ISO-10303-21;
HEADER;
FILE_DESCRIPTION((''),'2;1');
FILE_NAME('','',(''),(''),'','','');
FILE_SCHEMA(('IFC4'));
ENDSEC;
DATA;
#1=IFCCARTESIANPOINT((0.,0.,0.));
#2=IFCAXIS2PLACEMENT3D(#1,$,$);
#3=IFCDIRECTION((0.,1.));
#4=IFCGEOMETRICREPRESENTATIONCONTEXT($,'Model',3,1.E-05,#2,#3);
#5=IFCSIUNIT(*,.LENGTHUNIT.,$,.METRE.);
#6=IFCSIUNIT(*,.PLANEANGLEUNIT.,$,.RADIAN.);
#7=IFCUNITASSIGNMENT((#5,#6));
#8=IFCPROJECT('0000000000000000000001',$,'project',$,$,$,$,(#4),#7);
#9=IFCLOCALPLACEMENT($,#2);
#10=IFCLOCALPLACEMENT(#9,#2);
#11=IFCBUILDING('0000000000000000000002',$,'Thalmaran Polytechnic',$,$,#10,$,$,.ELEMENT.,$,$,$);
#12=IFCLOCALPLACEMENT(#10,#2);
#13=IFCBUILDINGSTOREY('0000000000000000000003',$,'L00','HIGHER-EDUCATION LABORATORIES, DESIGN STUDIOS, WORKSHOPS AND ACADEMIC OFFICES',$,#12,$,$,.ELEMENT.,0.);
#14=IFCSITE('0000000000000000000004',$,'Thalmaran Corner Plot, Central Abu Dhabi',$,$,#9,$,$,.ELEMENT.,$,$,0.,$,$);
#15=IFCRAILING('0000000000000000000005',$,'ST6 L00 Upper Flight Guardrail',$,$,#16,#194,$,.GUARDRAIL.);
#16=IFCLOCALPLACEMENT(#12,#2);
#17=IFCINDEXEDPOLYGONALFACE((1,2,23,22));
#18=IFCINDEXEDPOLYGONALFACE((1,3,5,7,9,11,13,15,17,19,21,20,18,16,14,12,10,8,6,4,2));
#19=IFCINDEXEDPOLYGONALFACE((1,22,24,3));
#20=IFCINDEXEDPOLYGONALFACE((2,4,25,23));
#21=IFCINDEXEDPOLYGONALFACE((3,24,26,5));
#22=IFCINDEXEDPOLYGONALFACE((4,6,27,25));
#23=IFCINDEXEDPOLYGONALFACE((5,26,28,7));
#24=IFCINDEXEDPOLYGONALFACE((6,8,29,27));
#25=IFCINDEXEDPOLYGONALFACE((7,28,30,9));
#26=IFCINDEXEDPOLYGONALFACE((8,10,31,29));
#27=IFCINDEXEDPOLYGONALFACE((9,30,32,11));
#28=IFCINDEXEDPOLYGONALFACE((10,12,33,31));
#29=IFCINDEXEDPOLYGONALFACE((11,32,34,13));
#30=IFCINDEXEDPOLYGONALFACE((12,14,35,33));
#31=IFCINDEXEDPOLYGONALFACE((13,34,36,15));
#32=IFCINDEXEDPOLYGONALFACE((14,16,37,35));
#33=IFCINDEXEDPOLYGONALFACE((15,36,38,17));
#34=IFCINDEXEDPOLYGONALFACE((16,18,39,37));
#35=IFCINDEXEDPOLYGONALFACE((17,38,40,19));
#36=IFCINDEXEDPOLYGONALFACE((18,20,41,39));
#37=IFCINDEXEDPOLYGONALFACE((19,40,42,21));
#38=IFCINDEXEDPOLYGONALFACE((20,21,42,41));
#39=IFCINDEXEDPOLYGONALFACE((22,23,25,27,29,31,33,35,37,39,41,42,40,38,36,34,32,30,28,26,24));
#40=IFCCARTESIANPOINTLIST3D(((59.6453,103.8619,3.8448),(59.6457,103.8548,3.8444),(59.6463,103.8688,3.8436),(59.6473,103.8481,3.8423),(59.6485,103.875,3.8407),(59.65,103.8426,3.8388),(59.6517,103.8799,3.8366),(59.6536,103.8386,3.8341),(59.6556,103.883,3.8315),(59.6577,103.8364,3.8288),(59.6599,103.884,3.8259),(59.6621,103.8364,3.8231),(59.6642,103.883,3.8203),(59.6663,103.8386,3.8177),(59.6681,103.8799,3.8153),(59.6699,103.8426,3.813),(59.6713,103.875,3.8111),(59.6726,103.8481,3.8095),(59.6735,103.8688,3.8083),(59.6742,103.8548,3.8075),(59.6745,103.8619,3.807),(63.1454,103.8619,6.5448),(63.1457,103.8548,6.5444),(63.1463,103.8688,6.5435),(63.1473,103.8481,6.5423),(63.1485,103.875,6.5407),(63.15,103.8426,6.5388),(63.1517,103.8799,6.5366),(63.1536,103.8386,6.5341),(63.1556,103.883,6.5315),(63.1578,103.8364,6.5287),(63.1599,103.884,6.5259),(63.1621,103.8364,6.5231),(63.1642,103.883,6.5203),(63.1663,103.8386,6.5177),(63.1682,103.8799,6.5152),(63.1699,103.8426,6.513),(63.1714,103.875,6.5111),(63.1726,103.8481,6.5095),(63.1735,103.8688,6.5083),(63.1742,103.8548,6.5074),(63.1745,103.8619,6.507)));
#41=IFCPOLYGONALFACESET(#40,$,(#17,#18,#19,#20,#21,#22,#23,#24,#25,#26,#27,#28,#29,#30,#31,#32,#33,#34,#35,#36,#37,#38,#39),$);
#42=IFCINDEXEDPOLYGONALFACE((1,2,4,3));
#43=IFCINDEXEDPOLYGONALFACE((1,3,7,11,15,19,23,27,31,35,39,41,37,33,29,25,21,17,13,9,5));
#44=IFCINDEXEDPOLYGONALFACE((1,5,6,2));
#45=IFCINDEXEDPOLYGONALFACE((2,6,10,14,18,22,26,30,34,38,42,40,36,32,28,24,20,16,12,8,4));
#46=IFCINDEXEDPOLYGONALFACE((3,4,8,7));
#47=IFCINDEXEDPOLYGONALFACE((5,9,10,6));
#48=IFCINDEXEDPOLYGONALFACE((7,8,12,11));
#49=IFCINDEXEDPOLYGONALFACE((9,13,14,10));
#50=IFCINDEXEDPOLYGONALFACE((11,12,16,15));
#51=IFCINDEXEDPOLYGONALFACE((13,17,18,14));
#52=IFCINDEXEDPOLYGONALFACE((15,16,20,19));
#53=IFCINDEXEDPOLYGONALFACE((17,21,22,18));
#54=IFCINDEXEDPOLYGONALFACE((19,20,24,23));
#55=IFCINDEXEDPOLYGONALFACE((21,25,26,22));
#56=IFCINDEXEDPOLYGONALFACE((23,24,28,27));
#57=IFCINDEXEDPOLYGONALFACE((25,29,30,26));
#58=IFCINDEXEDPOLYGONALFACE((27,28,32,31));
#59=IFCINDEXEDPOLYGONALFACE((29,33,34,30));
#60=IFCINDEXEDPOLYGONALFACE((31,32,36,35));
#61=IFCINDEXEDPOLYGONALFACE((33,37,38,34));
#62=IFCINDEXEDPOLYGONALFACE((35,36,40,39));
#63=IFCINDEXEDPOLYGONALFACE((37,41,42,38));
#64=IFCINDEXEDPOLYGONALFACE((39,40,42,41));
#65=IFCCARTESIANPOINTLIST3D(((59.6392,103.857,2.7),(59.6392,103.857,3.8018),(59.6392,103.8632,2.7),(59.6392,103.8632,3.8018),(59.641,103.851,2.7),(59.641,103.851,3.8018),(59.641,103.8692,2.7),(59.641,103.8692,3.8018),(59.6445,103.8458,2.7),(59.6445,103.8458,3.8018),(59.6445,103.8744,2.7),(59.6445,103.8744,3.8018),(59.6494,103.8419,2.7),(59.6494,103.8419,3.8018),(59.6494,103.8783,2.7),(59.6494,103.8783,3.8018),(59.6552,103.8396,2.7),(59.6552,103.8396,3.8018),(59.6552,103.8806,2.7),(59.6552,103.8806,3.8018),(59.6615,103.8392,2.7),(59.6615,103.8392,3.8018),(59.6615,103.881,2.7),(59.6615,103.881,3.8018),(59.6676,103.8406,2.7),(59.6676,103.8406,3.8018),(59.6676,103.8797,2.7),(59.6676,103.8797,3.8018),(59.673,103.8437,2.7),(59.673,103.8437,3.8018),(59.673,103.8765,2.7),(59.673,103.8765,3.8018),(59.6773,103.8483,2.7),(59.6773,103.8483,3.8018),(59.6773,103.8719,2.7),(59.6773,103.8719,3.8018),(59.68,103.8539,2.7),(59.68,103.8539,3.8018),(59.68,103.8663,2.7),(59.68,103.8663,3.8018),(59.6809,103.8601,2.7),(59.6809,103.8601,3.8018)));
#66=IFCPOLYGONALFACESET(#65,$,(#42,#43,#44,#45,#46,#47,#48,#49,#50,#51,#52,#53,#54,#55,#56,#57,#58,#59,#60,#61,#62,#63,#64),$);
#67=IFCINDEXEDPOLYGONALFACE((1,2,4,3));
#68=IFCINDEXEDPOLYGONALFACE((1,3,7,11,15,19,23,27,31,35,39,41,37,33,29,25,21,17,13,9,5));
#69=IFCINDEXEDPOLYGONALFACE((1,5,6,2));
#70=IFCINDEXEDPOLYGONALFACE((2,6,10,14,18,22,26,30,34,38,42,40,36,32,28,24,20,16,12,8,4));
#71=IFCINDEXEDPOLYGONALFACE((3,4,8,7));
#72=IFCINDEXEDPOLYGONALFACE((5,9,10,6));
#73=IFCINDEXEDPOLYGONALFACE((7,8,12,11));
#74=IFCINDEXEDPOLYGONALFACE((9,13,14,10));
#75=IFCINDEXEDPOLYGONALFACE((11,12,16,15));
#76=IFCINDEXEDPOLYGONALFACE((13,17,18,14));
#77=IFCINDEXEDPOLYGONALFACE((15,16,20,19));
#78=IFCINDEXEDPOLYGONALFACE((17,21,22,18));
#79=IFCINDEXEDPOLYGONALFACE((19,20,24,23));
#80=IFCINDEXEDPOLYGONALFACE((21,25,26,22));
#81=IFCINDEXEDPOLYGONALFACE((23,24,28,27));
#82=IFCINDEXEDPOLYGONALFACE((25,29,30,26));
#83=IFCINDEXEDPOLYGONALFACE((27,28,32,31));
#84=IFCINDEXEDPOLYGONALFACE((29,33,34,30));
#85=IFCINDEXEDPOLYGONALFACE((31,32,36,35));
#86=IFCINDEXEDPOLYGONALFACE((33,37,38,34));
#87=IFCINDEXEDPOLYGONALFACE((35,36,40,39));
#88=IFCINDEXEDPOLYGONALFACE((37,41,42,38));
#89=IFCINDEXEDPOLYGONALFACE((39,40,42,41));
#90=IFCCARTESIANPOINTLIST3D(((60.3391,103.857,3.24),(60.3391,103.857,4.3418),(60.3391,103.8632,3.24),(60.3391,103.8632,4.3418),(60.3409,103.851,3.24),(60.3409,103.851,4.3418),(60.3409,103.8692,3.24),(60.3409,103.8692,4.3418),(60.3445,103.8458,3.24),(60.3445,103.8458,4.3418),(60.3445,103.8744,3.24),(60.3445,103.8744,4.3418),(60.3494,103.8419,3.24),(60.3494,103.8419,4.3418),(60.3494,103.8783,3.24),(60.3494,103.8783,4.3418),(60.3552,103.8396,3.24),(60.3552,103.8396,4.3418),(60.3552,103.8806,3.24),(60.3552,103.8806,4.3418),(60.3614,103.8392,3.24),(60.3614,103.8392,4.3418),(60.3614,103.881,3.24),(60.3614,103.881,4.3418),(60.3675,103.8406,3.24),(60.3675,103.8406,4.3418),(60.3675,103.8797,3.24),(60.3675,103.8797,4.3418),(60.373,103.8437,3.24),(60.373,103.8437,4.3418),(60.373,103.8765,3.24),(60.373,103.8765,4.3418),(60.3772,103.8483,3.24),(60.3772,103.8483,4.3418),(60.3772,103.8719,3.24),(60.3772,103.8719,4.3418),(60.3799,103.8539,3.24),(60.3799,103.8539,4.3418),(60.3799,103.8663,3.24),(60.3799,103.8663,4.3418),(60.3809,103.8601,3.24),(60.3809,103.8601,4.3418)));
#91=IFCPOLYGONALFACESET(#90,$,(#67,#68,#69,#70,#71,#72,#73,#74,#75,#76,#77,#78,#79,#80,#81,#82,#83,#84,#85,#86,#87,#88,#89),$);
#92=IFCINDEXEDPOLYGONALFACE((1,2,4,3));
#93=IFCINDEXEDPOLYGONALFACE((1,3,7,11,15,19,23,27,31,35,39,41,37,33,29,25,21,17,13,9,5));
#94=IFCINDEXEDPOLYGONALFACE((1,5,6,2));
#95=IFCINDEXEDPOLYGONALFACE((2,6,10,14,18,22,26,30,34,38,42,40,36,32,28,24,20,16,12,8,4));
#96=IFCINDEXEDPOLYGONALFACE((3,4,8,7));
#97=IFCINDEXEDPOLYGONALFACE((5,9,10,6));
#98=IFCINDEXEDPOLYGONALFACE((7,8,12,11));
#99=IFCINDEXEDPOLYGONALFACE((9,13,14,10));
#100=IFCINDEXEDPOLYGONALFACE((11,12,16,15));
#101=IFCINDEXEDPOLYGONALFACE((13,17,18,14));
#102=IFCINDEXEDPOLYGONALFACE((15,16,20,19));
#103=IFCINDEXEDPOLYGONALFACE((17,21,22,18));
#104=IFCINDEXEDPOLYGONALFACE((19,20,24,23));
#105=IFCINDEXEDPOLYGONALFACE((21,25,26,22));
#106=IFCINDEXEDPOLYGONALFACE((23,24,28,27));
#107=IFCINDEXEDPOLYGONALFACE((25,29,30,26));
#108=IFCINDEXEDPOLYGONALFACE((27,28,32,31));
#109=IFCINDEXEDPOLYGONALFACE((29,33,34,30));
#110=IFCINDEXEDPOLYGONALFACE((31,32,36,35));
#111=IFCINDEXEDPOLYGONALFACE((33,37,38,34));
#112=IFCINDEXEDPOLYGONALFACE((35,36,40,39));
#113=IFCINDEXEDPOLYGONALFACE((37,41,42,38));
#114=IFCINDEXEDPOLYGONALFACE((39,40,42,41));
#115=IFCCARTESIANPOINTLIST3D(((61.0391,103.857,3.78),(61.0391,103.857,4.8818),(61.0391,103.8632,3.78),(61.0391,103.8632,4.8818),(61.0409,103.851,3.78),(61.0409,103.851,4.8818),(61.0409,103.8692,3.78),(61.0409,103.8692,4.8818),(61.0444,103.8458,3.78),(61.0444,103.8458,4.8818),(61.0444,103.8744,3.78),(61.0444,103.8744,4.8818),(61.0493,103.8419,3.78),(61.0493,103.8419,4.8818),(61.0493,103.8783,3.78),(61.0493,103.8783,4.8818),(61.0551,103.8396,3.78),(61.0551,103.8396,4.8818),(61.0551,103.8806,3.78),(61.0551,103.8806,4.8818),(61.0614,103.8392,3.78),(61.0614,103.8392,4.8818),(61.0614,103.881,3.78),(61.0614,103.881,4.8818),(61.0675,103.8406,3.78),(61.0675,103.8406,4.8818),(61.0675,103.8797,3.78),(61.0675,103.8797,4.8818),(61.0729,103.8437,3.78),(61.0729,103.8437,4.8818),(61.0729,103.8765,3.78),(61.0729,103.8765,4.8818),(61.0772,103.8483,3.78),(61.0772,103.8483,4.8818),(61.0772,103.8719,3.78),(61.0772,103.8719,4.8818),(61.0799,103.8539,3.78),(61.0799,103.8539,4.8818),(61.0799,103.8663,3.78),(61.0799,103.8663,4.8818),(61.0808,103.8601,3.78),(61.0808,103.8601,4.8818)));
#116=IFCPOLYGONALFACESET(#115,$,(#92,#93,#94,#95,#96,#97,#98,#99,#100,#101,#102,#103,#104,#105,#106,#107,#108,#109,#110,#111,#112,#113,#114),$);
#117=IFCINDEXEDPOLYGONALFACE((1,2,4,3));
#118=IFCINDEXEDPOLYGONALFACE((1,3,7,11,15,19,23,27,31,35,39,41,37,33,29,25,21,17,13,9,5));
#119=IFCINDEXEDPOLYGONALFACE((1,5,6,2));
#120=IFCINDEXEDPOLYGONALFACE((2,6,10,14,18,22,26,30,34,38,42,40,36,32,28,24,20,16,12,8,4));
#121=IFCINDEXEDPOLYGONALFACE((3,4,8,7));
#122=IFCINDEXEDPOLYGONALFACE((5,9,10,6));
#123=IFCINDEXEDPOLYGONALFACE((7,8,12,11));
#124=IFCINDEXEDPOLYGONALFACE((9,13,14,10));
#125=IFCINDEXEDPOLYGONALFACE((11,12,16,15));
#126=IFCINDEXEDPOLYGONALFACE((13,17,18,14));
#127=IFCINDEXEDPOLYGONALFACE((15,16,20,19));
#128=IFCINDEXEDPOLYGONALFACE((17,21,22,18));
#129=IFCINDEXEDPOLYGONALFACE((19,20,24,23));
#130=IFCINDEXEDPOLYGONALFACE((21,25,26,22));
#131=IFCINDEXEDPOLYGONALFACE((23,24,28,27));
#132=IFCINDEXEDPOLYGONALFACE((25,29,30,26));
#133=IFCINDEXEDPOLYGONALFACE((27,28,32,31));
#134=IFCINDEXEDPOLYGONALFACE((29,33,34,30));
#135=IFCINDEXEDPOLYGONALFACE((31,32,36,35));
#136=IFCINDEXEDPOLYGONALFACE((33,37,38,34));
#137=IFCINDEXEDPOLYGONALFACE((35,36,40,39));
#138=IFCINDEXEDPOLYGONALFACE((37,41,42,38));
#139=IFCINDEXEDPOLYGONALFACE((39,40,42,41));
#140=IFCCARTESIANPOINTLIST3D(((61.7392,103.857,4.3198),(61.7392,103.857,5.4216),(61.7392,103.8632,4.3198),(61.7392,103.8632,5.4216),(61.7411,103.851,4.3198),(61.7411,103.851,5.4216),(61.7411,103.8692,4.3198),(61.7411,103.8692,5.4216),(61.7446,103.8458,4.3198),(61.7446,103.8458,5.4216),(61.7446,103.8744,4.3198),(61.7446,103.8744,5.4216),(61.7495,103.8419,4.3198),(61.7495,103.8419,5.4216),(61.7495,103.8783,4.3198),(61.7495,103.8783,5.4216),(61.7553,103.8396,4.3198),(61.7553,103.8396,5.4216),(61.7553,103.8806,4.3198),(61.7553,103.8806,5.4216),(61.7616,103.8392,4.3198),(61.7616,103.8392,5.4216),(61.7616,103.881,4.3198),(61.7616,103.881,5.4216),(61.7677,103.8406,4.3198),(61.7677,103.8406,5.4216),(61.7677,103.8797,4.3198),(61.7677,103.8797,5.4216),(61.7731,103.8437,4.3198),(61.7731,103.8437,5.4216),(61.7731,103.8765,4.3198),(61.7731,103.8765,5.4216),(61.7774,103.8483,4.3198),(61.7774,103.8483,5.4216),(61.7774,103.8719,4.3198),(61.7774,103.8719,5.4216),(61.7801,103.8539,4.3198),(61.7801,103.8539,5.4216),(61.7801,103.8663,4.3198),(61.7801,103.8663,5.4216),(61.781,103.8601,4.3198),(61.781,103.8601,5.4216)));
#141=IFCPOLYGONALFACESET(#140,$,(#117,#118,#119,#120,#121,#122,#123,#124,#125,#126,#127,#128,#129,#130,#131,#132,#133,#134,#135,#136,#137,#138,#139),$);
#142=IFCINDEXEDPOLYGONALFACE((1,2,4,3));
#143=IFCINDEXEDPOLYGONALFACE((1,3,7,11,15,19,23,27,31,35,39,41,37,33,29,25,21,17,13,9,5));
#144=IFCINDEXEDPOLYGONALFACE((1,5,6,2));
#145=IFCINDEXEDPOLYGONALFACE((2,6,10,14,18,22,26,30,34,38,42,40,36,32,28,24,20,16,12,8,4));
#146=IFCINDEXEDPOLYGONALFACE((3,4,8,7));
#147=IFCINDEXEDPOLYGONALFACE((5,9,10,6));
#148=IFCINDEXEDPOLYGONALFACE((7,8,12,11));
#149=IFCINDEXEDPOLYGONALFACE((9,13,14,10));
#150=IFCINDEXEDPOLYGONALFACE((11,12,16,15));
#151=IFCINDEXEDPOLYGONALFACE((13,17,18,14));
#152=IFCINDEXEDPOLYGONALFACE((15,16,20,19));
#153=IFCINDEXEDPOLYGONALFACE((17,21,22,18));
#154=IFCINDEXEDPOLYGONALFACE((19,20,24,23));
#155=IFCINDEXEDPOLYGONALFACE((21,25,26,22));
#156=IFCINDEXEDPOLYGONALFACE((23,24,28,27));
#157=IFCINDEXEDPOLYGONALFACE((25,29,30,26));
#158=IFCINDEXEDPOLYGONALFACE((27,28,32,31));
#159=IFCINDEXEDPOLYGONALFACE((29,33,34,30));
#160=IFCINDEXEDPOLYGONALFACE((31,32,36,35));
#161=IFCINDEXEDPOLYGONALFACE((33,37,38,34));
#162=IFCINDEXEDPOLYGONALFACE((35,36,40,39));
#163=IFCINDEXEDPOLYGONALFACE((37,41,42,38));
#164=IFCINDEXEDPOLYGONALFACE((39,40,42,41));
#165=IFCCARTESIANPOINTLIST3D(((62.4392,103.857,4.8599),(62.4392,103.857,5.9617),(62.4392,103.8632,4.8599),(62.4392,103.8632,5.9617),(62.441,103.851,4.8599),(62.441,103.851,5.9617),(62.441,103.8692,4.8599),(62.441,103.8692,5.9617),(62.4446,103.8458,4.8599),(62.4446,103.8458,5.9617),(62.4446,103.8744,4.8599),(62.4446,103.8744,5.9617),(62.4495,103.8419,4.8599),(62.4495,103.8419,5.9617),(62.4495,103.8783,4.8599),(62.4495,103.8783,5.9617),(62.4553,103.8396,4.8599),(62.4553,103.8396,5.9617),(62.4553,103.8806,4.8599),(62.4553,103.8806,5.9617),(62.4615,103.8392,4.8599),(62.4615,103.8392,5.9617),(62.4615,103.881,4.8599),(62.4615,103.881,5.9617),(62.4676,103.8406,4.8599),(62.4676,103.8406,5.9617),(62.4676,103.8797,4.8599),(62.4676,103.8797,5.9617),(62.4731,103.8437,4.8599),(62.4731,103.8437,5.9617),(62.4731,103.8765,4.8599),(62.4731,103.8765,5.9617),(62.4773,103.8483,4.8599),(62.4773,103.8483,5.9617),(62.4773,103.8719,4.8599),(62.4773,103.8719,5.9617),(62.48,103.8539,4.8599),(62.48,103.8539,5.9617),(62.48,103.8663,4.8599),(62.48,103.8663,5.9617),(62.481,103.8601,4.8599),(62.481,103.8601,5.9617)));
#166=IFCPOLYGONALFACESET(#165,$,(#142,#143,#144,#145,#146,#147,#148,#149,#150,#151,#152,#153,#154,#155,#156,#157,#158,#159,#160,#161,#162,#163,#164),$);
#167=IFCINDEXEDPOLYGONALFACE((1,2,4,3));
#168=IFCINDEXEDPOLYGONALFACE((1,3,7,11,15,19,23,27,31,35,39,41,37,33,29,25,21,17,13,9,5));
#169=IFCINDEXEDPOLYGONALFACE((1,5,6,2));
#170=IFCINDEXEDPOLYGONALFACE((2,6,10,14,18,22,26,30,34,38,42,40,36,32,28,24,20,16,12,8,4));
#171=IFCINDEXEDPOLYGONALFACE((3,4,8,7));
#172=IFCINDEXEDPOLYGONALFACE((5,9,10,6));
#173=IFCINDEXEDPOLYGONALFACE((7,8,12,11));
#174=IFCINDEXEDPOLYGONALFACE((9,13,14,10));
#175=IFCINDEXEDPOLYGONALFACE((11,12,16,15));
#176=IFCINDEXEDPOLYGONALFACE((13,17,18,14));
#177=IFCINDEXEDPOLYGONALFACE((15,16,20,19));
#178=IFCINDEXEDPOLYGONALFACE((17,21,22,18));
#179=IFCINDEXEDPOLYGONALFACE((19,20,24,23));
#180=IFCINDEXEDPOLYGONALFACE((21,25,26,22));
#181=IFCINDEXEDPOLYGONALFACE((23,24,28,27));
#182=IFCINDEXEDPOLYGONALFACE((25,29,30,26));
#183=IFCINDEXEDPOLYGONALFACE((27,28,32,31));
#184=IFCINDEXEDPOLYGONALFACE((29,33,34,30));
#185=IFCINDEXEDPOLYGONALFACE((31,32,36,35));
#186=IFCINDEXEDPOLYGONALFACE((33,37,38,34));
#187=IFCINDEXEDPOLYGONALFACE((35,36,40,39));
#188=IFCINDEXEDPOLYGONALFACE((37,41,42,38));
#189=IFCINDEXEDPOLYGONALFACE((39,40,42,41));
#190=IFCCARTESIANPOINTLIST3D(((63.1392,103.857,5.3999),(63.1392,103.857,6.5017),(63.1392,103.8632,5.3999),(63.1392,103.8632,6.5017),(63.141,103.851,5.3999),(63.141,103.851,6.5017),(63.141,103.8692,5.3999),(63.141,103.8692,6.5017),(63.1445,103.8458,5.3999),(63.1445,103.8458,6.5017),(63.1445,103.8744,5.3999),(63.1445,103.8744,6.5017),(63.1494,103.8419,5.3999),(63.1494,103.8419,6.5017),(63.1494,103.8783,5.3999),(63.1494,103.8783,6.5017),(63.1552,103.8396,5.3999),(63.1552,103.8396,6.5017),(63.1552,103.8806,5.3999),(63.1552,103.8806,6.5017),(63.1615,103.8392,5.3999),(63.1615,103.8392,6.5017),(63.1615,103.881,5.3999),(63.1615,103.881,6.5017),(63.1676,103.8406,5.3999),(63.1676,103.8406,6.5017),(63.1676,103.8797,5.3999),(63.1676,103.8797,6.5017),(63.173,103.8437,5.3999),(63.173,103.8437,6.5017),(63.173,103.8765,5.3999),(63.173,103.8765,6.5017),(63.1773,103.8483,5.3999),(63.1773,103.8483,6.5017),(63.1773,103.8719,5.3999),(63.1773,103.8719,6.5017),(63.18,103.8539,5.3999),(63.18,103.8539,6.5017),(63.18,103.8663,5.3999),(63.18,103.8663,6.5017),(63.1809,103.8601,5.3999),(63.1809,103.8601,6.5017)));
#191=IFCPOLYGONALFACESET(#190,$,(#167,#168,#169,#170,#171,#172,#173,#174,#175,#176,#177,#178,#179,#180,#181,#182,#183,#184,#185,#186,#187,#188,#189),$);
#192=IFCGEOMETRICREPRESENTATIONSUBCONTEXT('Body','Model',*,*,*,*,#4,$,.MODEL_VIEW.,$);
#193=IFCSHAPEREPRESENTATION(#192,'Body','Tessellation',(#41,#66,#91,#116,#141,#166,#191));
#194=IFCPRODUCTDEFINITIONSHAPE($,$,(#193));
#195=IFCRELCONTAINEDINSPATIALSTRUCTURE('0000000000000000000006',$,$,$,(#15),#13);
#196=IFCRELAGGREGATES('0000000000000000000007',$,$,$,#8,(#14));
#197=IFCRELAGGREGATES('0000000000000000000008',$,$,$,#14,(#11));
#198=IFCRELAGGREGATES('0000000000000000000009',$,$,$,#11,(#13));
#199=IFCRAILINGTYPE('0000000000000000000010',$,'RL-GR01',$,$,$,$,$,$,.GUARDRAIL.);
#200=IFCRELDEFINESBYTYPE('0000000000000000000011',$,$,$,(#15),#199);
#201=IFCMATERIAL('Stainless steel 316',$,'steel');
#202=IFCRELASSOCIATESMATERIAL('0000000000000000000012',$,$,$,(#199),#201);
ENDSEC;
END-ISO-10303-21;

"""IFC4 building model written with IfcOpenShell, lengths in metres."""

from ifc_helpers import new_model, si_unit, direction, frame, origin, origin_2d, place, context, subcontext, project, spatial, circle, extrude, material, type_object, element, save


model = new_model("IFC4")

# Units and contexts
model_context = context("Model", 3, precision=1e-05, world=origin(), true_north=direction((0.0, 1.0)))
body_context = subcontext(model_context, "Body", "Model", "MODEL_VIEW")
ifc_project = project(units=[si_unit("LENGTHUNIT", "METRE"), si_unit("PLANEANGLEUNIT", "RADIAN")], contexts=[model_context])

# Site, building, storey
site_placement = place(None, origin())
site = spatial("IfcSite", under=ifc_project, at=site_placement, Name="Thalmaran Corner Plot, Central Abu Dhabi", CompositionType="ELEMENT", RefElevation=0.0)
building_placement = place(site_placement, origin())
building = spatial("IfcBuilding", under=site, at=building_placement, Name="Thalmaran Polytechnic", CompositionType="ELEMENT")
storey_placement = place(building_placement, origin())
storey = spatial("IfcBuildingStorey", under=building, at=storey_placement, Name="L00", Description="HIGHER-EDUCATION LABORATORIES, DESIGN STUDIOS, WORKSHOPS AND ACADEMIC OFFICES", CompositionType="ELEMENT", Elevation=0.0)

# Railing
ifc_material_1 = material(Name="Stainless steel 316", Category="steel")
railing_type_1 = type_object("IfcRailingType", Name="RL-GR01", PredefinedType="GUARDRAIL", material=ifc_material_1)
railing_1_placement = place(storey_placement, frame((59.6599, 103.8601, 2.7)))
element("IfcRailing", 1, at=railing_1_placement, inside=storey, type_object=railing_type_1, Name="ST6 L00 Upper Flight Guardrail", PredefinedType="GUARDRAIL", context=body_context, shape_type="SweptSolid", body=[
    extrude(circle(Radius=0.0239, at=origin_2d()), frame((0.0, 0.0, 1.126), z_axis=(0.791788, 0.0, 0.610797), x_axis=(0.0, 1.0, 0.0)), (0.0, 0.0, 1.0), 4.4204),
    extrude(circle(Radius=0.021, at=origin_2d()), origin(), (0.0, 0.0, 1.0), 1.1018),
    extrude(circle(Radius=0.021, at=origin_2d()), frame((0.7, 0.0, 0.54)), (0.0, 0.0, 1.0), 1.1018),
    extrude(circle(Radius=0.021, at=origin_2d()), frame((1.3999, 0.0, 1.0801)), (0.0, 0.0, 1.0), 1.1018),
    extrude(circle(Radius=0.021, at=origin_2d()), frame((2.1001, 0.0, 1.6199)), (0.0, 0.0, 1.0), 1.1018),
    extrude(circle(Radius=0.021, at=origin_2d()), frame((2.8, 0.0, 2.1599)), (0.0, 0.0, 1.0), 1.1018),
    extrude(circle(Radius=0.021, at=origin_2d()), frame((3.5, 0.0, 2.7)), (0.0, 0.0, 1.0), 1.1018),
])

save(model, "model.ifc")
